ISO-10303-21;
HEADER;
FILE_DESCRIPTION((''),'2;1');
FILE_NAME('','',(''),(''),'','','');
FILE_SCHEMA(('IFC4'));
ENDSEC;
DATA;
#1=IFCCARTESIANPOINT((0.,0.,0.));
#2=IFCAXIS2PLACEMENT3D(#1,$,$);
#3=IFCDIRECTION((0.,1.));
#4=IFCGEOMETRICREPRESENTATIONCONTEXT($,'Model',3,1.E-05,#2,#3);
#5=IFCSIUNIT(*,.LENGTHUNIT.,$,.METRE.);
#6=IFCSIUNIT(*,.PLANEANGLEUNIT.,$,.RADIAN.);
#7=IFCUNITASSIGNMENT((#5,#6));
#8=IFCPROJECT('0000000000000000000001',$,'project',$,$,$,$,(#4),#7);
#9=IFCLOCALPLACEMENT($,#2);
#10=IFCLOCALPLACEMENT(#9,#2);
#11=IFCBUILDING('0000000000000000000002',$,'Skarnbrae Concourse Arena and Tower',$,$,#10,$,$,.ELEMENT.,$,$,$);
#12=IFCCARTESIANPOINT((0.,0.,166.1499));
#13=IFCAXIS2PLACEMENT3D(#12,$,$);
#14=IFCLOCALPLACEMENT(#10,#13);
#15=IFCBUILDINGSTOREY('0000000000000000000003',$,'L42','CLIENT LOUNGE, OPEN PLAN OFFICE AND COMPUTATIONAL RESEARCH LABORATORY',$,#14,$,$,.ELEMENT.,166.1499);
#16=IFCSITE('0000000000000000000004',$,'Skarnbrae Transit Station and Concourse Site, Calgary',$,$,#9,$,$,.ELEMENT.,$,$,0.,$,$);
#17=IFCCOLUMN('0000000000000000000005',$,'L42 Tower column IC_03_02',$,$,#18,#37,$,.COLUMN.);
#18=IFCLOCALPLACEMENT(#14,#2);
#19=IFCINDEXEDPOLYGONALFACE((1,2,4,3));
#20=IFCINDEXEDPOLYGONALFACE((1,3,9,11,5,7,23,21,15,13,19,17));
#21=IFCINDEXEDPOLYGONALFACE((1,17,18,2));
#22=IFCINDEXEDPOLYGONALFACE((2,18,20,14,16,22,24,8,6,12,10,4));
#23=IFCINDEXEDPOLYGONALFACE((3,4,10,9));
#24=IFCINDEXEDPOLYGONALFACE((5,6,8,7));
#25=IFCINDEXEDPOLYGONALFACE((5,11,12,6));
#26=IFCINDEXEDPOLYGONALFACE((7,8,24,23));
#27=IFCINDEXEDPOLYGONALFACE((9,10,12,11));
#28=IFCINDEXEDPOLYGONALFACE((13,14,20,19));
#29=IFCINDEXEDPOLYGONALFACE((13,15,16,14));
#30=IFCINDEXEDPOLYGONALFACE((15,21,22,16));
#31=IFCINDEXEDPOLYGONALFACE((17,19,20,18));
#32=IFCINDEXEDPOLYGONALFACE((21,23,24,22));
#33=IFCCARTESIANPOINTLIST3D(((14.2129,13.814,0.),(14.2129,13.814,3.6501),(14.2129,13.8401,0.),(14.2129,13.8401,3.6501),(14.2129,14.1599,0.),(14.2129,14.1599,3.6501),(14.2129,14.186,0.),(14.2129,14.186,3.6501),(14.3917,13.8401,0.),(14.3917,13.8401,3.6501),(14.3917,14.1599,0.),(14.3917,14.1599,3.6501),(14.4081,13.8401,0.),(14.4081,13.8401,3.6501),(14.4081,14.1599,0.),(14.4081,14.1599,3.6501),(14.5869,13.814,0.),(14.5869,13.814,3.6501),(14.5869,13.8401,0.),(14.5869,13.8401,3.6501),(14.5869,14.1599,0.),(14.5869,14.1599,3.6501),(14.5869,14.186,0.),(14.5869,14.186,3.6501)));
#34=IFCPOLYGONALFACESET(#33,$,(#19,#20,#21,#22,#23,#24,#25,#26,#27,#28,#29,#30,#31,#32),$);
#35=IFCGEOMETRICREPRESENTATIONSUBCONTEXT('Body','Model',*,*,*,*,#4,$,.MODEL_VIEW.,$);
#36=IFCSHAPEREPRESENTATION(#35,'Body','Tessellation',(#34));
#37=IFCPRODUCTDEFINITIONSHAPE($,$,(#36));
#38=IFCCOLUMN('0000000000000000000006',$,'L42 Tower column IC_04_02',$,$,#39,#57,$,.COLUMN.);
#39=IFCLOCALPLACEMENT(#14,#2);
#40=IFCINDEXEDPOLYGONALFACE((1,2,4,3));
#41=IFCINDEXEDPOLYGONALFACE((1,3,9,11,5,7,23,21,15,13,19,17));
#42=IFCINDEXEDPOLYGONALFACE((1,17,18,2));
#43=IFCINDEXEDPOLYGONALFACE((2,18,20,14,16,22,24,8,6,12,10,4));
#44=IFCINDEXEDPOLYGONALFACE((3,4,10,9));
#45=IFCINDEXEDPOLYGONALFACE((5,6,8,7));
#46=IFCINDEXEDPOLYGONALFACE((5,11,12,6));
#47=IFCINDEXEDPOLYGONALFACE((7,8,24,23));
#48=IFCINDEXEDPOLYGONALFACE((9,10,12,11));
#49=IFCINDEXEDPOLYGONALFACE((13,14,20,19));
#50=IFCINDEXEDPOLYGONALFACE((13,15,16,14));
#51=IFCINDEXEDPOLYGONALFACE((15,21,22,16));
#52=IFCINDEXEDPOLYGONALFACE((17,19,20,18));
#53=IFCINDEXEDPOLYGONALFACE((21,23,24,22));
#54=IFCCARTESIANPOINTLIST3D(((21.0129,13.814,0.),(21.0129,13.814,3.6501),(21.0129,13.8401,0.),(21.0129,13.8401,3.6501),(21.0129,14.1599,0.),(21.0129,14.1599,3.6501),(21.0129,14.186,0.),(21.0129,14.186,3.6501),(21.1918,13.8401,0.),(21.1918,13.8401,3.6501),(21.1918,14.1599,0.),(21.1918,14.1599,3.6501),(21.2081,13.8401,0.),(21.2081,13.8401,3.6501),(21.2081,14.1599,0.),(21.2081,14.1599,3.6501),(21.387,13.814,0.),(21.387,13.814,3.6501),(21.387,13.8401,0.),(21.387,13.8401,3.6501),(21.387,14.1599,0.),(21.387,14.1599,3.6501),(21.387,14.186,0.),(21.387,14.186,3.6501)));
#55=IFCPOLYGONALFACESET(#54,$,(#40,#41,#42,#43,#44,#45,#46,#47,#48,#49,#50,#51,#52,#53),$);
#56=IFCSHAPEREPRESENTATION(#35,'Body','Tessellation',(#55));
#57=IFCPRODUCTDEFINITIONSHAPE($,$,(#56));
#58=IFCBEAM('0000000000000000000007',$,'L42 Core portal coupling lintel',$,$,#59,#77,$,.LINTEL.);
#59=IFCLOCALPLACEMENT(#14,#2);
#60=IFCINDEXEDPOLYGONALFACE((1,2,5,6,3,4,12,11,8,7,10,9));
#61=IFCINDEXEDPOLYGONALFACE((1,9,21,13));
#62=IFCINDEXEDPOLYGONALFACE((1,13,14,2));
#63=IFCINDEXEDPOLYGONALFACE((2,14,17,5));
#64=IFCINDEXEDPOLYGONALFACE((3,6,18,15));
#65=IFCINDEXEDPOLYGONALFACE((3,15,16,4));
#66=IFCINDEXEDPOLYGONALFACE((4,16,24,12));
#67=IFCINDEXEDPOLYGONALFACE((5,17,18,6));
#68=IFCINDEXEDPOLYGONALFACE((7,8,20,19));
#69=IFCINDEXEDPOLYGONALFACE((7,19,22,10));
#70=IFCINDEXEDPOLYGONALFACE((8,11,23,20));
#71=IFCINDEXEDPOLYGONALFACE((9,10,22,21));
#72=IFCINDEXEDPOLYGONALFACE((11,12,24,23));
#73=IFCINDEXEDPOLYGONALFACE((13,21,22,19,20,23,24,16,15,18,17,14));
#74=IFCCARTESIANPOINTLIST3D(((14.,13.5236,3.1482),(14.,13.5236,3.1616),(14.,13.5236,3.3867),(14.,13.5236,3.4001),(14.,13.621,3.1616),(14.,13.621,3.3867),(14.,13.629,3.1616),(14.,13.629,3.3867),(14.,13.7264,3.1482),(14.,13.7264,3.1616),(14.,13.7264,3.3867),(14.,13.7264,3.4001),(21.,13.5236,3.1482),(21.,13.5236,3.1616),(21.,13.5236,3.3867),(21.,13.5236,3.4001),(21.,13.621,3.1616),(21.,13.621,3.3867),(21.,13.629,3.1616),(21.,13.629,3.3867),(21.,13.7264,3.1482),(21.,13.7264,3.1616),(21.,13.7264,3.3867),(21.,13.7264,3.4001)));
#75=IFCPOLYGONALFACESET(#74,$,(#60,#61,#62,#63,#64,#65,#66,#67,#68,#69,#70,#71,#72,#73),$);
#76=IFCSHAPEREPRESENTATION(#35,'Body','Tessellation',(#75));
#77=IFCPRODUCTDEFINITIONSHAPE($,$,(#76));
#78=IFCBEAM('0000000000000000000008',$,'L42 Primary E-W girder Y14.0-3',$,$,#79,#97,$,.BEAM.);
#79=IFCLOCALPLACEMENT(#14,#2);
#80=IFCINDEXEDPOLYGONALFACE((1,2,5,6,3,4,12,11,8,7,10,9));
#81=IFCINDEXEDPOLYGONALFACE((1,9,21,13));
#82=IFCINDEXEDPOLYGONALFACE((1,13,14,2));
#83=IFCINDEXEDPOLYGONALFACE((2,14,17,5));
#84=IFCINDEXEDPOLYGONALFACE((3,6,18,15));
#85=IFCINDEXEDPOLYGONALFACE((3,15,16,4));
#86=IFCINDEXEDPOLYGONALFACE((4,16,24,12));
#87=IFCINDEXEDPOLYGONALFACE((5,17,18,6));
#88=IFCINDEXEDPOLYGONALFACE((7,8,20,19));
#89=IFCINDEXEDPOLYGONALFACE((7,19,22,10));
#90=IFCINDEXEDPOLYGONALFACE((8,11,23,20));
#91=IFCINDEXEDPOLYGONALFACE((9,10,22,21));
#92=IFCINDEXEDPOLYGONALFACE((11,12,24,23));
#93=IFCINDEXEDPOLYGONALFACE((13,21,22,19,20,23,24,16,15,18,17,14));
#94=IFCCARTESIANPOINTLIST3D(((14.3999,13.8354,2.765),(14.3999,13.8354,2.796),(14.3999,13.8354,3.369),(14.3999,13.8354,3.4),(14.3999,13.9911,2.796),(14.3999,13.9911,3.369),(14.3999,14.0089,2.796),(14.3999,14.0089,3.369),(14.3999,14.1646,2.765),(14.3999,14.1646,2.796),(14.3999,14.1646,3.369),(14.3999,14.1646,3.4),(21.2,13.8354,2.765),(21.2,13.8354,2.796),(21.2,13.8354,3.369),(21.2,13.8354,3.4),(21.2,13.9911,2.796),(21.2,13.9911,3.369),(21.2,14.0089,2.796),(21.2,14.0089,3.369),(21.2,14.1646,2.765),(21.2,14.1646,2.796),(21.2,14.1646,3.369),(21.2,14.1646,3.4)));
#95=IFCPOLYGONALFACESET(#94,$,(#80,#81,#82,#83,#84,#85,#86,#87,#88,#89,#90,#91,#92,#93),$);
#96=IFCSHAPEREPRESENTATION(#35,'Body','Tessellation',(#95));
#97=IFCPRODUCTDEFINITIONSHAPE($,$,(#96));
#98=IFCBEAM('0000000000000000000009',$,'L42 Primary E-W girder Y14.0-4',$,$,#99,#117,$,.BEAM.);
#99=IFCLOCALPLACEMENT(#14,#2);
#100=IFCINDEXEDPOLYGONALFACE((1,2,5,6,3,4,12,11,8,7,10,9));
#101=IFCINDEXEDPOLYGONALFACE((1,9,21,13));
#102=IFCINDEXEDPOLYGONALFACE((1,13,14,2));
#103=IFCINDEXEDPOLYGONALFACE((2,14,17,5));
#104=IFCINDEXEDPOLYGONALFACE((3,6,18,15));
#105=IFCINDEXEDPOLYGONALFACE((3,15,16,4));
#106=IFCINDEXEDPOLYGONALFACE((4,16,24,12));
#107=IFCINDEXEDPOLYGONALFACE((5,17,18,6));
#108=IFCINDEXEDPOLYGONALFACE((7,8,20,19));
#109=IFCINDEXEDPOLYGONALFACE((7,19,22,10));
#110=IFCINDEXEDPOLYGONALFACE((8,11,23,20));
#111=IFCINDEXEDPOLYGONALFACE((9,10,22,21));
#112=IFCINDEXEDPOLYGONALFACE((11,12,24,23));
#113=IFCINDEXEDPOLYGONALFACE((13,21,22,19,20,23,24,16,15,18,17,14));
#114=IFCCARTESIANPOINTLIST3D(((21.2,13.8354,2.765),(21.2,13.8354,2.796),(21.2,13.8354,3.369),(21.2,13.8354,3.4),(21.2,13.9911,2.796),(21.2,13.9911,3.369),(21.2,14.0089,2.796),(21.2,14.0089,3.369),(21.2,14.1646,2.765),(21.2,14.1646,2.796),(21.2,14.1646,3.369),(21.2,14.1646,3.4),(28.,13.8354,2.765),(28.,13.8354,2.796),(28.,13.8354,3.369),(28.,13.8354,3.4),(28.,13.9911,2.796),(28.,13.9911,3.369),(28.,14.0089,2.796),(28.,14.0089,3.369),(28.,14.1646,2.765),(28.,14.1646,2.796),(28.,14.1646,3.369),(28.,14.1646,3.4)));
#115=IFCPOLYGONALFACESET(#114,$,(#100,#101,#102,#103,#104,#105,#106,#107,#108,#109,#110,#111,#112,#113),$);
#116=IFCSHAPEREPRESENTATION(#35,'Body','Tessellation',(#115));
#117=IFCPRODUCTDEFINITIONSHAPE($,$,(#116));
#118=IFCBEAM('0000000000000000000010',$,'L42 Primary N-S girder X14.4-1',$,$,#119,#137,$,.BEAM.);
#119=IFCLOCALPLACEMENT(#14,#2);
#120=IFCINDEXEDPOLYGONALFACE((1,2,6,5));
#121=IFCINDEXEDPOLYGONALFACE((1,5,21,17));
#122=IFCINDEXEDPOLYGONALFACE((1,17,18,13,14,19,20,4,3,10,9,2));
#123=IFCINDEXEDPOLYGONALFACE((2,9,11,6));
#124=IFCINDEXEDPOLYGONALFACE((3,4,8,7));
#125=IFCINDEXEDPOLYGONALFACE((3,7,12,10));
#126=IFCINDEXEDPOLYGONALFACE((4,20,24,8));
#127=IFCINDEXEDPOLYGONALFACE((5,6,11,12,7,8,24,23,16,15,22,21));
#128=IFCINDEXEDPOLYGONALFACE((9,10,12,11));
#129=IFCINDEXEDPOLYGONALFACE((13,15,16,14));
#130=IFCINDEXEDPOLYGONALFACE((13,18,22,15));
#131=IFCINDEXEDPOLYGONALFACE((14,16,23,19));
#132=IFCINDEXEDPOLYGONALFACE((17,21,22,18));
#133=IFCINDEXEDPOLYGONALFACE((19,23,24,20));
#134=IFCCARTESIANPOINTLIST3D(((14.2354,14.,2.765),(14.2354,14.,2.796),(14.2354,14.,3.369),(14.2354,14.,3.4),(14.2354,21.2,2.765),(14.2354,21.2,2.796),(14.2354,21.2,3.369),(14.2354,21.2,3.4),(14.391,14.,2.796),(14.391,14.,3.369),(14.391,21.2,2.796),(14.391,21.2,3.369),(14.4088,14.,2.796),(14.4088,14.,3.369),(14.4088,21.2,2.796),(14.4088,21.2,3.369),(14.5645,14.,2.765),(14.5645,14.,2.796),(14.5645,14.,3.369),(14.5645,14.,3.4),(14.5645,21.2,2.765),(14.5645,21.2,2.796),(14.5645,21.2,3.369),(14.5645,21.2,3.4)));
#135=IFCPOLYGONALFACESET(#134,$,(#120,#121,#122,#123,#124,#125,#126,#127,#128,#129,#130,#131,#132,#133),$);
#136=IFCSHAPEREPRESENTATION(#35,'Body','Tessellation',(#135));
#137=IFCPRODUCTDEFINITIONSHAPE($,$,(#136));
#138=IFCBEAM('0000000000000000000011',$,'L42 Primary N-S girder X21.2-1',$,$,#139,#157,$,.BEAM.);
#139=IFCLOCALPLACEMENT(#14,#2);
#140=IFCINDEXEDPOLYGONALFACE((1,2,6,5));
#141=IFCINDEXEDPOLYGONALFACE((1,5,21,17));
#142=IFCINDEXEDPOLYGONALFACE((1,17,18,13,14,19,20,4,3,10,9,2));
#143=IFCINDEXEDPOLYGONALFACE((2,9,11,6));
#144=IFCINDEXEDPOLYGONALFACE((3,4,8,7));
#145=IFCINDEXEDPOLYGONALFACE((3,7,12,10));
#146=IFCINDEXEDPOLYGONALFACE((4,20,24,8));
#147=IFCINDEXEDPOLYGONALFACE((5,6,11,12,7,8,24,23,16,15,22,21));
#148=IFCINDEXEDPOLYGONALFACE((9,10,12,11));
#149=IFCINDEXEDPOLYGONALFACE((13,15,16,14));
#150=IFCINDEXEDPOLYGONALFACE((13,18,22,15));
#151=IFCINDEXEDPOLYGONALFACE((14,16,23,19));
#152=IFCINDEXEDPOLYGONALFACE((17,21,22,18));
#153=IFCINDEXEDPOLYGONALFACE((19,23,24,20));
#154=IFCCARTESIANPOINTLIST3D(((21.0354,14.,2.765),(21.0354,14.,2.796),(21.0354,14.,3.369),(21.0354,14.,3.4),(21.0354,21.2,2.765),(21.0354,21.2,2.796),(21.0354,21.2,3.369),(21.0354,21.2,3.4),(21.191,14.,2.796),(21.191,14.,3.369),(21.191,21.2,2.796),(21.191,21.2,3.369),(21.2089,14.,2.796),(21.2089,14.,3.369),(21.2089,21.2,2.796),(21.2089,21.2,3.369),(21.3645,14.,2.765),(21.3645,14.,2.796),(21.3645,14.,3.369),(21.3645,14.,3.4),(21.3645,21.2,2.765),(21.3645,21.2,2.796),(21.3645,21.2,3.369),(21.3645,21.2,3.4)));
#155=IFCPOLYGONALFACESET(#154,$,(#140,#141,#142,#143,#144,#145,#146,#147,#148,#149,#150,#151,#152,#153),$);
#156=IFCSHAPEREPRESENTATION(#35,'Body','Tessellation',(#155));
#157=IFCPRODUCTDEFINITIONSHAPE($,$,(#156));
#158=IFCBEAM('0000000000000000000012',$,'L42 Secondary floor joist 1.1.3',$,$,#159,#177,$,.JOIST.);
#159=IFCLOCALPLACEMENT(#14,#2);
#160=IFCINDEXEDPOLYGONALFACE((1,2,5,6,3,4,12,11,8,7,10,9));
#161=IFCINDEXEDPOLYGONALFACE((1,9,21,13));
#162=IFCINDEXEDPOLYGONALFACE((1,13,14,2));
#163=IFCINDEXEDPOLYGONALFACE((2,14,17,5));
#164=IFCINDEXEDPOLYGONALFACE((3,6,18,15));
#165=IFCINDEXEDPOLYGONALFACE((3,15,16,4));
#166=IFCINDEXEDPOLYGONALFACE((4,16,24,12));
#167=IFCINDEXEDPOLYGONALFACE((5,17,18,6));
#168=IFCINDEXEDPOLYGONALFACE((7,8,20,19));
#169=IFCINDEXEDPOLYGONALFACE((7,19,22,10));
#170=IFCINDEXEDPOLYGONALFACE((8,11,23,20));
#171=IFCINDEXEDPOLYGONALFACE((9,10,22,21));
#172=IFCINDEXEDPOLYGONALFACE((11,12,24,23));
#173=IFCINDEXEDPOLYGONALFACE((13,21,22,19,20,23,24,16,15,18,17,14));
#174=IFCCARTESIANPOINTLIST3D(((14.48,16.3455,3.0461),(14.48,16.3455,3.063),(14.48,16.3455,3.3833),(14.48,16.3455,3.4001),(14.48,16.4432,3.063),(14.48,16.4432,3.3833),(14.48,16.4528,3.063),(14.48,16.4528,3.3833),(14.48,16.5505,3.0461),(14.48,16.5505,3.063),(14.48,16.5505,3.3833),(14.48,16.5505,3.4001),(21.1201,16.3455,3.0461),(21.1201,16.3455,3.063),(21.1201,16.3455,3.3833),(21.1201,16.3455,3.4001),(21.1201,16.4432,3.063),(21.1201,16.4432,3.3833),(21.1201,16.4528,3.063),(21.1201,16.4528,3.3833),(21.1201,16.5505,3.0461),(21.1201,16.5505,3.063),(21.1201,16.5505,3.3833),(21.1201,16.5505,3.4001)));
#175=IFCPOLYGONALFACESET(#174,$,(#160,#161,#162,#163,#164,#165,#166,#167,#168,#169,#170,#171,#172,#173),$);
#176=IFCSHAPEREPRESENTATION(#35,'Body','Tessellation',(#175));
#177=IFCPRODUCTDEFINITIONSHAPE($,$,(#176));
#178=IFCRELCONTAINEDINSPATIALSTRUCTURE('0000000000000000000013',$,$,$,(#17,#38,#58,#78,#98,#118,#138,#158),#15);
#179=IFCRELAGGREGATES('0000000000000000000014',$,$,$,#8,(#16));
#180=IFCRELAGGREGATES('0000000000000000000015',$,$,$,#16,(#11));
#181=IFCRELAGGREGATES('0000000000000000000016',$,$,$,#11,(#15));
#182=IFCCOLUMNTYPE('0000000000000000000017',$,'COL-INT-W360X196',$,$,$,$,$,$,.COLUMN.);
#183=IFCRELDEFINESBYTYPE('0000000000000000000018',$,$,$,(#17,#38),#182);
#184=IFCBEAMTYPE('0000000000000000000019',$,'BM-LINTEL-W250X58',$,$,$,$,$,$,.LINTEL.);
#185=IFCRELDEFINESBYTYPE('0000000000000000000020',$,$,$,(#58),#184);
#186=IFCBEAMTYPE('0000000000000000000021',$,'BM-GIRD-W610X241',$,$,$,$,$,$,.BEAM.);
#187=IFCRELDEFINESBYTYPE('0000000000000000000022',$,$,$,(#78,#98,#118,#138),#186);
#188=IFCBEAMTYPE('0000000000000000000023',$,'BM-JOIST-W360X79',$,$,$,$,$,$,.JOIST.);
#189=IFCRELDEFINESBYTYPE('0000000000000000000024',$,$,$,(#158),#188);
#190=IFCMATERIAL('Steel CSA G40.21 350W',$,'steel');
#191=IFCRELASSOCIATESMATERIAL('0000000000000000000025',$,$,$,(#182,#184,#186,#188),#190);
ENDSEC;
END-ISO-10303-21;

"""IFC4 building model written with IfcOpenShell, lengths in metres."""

from ifc_helpers import new_model, si_unit, direction, frame, origin, origin_2d, place, context, subcontext, project, spatial, i_section, extrude, source, transform, mapped, material, material_profile, profile_set, type_object, element, save


model = new_model("IFC4")

# Units and contexts
model_context = context("Model", 3, precision=1e-05, world=origin(), true_north=direction((0.0, 1.0)))
body_context = subcontext(model_context, "Body", "Model", "MODEL_VIEW")
ifc_project = project(units=[si_unit("LENGTHUNIT", "METRE"), si_unit("PLANEANGLEUNIT", "RADIAN")], contexts=[model_context])

# Site, building, storey
site_placement = place(None, origin())
site = spatial("IfcSite", under=ifc_project, at=site_placement, Name="Skarnbrae Transit Station and Concourse Site, Calgary", CompositionType="ELEMENT", RefElevation=0.0)
building_placement = place(site_placement, origin())
building = spatial("IfcBuilding", under=site, at=building_placement, Name="Skarnbrae Concourse Arena and Tower", CompositionType="ELEMENT")
storey_placement = place(building_placement, frame((0.0, 0.0, 166.1499)))
storey = spatial("IfcBuildingStorey", under=building, at=storey_placement, Name="L42", Description="CLIENT LOUNGE, OPEN PLAN OFFICE AND COMPUTATIONAL RESEARCH LABORATORY", CompositionType="ELEMENT", Elevation=166.1499)

# Columns
ifc_material_1 = material(Name="Steel CSA G40.21 350W", Category="steel")
ifc_material_profile_1 = material_profile(ifc_material_1, i_section(OverallWidth=0.374, OverallDepth=0.3721, WebThickness=0.0164, FlangeThickness=0.0261, at=origin_2d()), Name="W360X196")
ifc_profile_set_1 = profile_set([ifc_material_profile_1], Name="Steel CSA G40.21 350W")
column_type = type_object("IfcColumnType", Name="COL-INT-W360X196", PredefinedType="COLUMN", material=ifc_profile_set_1)
shared_shape_1 = source(origin(), body_context, "Body", "SweptSolid", [
    extrude(i_section(OverallWidth=0.374, OverallDepth=0.3721, WebThickness=0.0164, FlangeThickness=0.0261, at=origin_2d()), origin(), (0.0, 0.0, 1.0), 3.6501),
])
for number, where, z_axis, x_axis, name in (
    (1, (14.3999, 14.0, 0.0), (0.0, 0.0, 1.0), (1.0, 0.0, 0.0), "L42 Tower column IC_03_02"),
    (2, (21.2, 14.0, 0.0), (0.0, 0.0, 1.0), (1.0, 0.0, 0.0), "L42 Tower column IC_04_02"),
):
    element("IfcColumn", number, at=place(storey_placement, frame(where, z_axis=z_axis, x_axis=x_axis)), inside=storey, type_object=column_type, Name=name, PredefinedType="COLUMN", context=body_context, shape_type="MappedRepresentation", body=[
        mapped(shared_shape_1, transform((0.0, 0.0, 0.0))),
    ])

# Beams
ifc_material_profile_2 = material_profile(ifc_material_1, i_section(OverallWidth=0.2029, OverallDepth=0.252, WebThickness=0.0081, FlangeThickness=0.0134, at=origin_2d()), Name="W250X58")
ifc_profile_set_2 = profile_set([ifc_material_profile_2], Name="Steel CSA G40.21 350W")
beam_type_1 = type_object("IfcBeamType", Name="BM-LINTEL-W250X58", PredefinedType="LINTEL", material=ifc_profile_set_2)
shared_shape_2 = source(origin(), body_context, "Body", "SweptSolid", [
    extrude(i_section(OverallWidth=0.2029, OverallDepth=0.252, WebThickness=0.0081, FlangeThickness=0.0134, at=origin_2d()), origin(), (0.0, 0.0, 1.0), 7.0),
])
beam_placement = place(storey_placement, frame((14.0, 13.625, 3.2742), z_axis=(1.0, 0.0, 0.0), x_axis=(0.0, 1.0, 0.0)))
element("IfcBeam", 3, at=beam_placement, inside=storey, type_object=beam_type_1, Name="L42 Core portal coupling lintel", PredefinedType="LINTEL", context=body_context, shape_type="MappedRepresentation", body=[
    mapped(shared_shape_2, transform((0.0, 0.0, 0.0))),
])
ifc_material_profile_3 = material_profile(ifc_material_1, i_section(OverallWidth=0.3291, OverallDepth=0.635, WebThickness=0.0178, FlangeThickness=0.031, at=origin_2d()), Name="W610X241")
ifc_profile_set_3 = profile_set([ifc_material_profile_3], Name="Steel CSA G40.21 350W")
beam_type_2 = type_object("IfcBeamType", Name="BM-GIRD-W610X241", PredefinedType="BEAM", material=ifc_profile_set_3)
shared_shape_3 = source(origin(), body_context, "Body", "SweptSolid", [
    extrude(i_section(OverallWidth=0.3291, OverallDepth=0.635, WebThickness=0.0178, FlangeThickness=0.031, at=origin_2d()), origin(), (0.0, 0.0, 1.0), 6.8),
])
for number, where, z_axis, x_axis, name in (
    (4, (14.3999, 14.0, 3.0825), (1.0, 0.0, 0.0), (0.0, 1.0, 0.0), "L42 Primary E-W girder Y14.0-3"),
    (5, (21.2, 14.0, 3.0825), (1.0, 0.0, 0.0), (0.0, 1.0, 0.0), "L42 Primary E-W girder Y14.0-4"),
):
    element("IfcBeam", number, at=place(storey_placement, frame(where, z_axis=z_axis, x_axis=x_axis)), inside=storey, type_object=beam_type_2, Name=name, PredefinedType="BEAM", context=body_context, shape_type="MappedRepresentation", body=[
        mapped(shared_shape_3, transform((0.0, 0.0, 0.0))),
    ])
shared_shape_4 = source(origin(), body_context, "Body", "SweptSolid", [
    extrude(i_section(OverallWidth=0.3291, OverallDepth=0.635, WebThickness=0.0178, FlangeThickness=0.031, at=origin_2d()), origin(), (0.0, 0.0, 1.0), 7.2),
])
for number, where, z_axis, x_axis, name in (
    (6, (14.3999, 14.0, 3.0825), (0.0, 1.0, 0.0), (-1.0, 0.0, 0.0), "L42 Primary N-S girder X14.4-1"),
    (7, (21.2, 14.0, 3.0825), (0.0, 1.0, 0.0), (-1.0, 0.0, 0.0), "L42 Primary N-S girder X21.2-1"),
):
    element("IfcBeam", number, at=place(storey_placement, frame(where, z_axis=z_axis, x_axis=x_axis)), inside=storey, type_object=beam_type_2, Name=name, PredefinedType="BEAM", context=body_context, shape_type="MappedRepresentation", body=[
        mapped(shared_shape_4, transform((0.0, 0.0, 0.0))),
    ])
ifc_material_profile_4 = material_profile(ifc_material_1, i_section(OverallWidth=0.2051, OverallDepth=0.354, WebThickness=0.0095, FlangeThickness=0.0168, at=origin_2d()), Name="W360X79")
ifc_profile_set_4 = profile_set([ifc_material_profile_4], Name="Steel CSA G40.21 350W")
beam_type_3 = type_object("IfcBeamType", Name="BM-JOIST-W360X79", PredefinedType="JOIST", material=ifc_profile_set_4)
shared_shape_5 = source(origin(), body_context, "Body", "SweptSolid", [
    extrude(i_section(OverallWidth=0.2051, OverallDepth=0.354, WebThickness=0.0095, FlangeThickness=0.0168, at=origin_2d()), origin(), (0.0, 0.0, 1.0), 6.6401),
])
for number, where, z_axis, x_axis, name in (
    (8, (14.48, 16.448, 3.2231), (1.0, 0.0, 0.0), (0.0, 1.0, 0.0), "L42 Secondary floor joist 1.1.3"),
):
    element("IfcBeam", number, at=place(storey_placement, frame(where, z_axis=z_axis, x_axis=x_axis)), inside=storey, type_object=beam_type_3, Name=name, PredefinedType="JOIST", context=body_context, shape_type="MappedRepresentation", body=[
        mapped(shared_shape_5, transform((0.0, 0.0, 0.0))),
    ])

save(model, "model.ifc")
